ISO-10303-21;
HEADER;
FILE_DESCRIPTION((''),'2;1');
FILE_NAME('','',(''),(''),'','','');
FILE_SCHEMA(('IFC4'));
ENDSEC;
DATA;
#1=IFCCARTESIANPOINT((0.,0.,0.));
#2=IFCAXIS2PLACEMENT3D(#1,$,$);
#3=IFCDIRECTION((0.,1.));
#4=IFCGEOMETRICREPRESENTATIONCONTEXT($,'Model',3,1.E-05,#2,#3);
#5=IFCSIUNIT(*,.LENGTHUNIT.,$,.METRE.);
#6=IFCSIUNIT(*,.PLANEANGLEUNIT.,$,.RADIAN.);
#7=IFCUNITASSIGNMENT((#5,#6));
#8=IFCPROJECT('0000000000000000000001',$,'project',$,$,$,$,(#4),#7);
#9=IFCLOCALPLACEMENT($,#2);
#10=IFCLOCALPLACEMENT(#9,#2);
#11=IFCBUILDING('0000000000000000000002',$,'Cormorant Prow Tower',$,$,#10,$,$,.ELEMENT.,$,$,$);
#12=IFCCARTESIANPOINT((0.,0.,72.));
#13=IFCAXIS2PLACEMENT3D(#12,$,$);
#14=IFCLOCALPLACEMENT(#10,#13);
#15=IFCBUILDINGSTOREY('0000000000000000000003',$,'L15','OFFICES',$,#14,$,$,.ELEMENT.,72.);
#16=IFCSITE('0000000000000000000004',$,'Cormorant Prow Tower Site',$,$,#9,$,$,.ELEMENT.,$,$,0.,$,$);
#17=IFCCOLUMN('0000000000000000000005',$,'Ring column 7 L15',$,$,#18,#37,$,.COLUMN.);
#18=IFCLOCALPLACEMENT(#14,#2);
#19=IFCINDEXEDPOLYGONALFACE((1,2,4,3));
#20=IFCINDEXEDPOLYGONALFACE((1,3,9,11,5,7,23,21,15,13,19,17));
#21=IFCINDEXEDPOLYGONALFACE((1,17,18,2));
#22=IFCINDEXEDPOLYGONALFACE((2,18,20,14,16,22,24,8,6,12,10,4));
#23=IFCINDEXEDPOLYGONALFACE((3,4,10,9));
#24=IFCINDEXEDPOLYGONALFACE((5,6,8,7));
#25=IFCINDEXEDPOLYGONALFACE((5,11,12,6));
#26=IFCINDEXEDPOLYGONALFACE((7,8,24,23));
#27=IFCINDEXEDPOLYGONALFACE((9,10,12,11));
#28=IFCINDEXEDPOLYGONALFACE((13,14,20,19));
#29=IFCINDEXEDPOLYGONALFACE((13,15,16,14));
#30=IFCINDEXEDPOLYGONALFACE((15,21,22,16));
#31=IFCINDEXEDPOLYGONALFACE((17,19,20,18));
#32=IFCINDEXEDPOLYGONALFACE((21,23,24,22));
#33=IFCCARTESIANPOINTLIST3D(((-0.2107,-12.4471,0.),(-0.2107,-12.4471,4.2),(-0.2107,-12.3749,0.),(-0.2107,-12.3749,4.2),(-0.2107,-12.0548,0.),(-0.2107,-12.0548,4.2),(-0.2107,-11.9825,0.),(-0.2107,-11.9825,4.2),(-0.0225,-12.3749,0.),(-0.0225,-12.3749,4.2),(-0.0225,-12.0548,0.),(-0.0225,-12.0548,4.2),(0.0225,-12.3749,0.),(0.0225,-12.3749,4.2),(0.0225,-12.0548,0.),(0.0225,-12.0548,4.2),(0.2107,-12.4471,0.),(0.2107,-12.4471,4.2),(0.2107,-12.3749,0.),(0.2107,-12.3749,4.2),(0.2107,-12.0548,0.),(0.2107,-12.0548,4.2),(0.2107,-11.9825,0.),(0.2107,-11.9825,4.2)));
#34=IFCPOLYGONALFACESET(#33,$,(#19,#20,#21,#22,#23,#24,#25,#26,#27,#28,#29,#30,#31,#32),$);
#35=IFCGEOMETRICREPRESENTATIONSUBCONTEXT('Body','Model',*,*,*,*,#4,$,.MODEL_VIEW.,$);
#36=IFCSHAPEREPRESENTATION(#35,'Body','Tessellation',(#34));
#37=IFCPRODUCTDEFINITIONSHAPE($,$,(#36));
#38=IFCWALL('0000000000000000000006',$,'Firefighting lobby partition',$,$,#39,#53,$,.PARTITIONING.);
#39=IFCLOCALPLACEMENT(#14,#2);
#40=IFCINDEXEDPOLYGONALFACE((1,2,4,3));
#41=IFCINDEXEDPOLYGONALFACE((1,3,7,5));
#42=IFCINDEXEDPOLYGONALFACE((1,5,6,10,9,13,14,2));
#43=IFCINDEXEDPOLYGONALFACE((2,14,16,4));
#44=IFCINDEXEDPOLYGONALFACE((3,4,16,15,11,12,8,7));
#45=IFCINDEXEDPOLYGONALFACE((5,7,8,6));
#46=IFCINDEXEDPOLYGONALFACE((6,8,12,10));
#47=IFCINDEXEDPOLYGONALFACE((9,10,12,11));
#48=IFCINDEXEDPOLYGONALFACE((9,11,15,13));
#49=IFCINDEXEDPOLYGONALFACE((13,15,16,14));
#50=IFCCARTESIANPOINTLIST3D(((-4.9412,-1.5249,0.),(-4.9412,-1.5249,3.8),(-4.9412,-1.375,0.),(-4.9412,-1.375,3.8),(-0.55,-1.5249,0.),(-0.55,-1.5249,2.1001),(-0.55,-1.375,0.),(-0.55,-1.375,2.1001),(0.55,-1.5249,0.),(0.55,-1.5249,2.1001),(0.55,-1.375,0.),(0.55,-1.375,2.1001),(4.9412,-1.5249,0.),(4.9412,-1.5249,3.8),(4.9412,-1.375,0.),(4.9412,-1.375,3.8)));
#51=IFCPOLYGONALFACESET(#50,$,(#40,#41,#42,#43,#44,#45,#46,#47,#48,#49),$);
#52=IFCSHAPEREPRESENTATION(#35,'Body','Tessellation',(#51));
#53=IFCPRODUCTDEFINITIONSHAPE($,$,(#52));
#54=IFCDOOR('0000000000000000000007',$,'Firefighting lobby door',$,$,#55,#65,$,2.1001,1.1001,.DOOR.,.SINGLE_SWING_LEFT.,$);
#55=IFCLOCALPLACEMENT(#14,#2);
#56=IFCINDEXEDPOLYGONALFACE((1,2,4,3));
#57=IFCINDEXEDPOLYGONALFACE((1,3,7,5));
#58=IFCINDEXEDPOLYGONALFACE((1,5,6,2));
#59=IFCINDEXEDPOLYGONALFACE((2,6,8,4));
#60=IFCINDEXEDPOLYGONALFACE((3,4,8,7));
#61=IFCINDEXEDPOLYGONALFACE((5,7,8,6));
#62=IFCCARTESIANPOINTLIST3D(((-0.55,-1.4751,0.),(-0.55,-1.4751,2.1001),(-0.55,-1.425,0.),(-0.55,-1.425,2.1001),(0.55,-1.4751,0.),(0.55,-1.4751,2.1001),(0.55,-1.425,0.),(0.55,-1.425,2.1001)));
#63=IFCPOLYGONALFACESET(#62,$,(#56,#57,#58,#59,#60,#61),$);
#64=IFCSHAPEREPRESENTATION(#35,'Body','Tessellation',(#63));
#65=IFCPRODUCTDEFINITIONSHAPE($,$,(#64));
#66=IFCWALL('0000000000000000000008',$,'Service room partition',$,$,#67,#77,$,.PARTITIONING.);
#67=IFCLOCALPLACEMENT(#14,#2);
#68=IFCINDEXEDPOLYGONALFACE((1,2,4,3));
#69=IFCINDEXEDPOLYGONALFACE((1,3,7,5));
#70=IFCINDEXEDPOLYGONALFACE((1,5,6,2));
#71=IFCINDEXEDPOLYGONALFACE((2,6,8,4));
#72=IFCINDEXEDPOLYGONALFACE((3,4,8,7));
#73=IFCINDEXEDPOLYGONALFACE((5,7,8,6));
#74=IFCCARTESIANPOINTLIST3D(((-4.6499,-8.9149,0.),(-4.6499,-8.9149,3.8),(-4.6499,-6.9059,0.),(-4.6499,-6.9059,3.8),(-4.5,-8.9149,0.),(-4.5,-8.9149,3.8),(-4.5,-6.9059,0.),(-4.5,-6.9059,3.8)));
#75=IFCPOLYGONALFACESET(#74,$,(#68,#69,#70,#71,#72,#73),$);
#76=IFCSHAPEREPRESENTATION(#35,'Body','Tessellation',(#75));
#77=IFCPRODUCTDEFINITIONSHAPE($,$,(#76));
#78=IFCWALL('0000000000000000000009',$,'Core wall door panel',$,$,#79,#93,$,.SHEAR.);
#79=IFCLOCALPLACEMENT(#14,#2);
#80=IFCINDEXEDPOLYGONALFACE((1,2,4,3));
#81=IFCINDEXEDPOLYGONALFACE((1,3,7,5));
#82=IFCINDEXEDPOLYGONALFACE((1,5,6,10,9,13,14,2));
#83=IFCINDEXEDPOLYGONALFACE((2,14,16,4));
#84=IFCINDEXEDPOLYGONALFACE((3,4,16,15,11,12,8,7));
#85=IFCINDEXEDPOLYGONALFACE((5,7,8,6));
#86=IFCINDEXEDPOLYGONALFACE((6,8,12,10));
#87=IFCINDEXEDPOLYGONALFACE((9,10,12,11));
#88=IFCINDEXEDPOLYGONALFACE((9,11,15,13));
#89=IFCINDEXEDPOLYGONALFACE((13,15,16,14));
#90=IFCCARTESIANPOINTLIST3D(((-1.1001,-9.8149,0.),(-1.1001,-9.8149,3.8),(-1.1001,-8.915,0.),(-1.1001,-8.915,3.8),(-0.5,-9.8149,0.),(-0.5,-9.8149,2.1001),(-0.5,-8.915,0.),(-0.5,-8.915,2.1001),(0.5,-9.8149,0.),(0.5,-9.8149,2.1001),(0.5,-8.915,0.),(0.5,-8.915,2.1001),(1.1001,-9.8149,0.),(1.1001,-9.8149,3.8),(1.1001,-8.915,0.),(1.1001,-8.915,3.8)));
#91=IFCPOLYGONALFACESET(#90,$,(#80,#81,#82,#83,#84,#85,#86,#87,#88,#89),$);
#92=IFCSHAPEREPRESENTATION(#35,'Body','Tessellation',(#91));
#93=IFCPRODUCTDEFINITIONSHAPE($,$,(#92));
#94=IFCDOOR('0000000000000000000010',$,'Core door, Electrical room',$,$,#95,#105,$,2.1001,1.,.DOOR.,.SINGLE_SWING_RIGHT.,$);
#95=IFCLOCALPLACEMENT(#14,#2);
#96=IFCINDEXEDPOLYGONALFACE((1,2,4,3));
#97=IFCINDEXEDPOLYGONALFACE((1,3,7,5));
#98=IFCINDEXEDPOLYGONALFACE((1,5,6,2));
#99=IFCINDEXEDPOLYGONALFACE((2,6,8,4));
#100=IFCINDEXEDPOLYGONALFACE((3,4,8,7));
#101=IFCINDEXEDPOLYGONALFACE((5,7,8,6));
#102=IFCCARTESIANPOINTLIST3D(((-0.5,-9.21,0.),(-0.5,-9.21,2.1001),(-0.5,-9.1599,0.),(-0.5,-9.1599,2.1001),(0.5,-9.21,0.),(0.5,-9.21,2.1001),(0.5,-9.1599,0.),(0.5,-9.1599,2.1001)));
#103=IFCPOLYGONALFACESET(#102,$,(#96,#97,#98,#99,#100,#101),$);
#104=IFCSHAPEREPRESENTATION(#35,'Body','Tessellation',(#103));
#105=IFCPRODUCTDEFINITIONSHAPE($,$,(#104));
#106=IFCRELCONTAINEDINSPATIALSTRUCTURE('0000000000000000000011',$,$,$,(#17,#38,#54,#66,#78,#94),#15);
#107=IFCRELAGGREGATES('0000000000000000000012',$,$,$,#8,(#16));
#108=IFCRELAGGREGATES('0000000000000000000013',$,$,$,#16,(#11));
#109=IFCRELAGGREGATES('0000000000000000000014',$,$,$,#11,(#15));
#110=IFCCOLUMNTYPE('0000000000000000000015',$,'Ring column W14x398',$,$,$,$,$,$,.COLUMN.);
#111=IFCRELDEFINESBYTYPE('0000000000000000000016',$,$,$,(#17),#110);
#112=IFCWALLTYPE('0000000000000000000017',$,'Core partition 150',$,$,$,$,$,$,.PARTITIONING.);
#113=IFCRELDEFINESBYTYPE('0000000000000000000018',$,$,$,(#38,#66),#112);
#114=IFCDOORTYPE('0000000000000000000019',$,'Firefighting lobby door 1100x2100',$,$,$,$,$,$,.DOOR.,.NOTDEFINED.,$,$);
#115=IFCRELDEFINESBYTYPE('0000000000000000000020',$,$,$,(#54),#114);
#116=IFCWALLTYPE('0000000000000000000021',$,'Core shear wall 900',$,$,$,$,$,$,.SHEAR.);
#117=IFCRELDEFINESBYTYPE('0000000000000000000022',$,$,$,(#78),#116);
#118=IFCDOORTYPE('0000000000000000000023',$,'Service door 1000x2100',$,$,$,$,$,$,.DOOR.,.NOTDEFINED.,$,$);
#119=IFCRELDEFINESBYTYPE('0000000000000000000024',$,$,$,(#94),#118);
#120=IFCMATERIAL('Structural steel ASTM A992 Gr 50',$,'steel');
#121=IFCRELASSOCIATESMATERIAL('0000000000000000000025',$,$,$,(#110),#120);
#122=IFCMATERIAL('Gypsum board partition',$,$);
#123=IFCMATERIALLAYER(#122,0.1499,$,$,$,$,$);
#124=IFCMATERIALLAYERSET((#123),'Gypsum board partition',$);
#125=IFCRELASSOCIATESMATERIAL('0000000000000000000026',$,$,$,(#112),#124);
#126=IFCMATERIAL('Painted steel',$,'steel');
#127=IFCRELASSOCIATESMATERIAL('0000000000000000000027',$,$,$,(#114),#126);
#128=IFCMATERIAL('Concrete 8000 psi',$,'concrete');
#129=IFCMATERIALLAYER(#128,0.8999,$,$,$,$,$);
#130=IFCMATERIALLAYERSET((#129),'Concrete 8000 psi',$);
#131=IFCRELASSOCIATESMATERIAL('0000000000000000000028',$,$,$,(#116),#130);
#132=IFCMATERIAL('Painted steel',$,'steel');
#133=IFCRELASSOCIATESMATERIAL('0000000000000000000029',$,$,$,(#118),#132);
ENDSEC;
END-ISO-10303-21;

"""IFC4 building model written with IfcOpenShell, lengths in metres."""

from ifc_helpers import new_model, si_unit, direction, frame, frame_2d, origin, origin_2d, place, context, subcontext, project, spatial, rectangle, i_section, extrude, material, layer, layer_set, material_profile, profile_set, type_object, element, fill, save


model = new_model("IFC4")

# Units and contexts
model_context = context("Model", 3, precision=1e-05, world=origin(), true_north=direction((0.0, 1.0)))
body_context = subcontext(model_context, "Body", "Model", "MODEL_VIEW")
ifc_project = project(units=[si_unit("LENGTHUNIT", "METRE"), si_unit("PLANEANGLEUNIT", "RADIAN")], contexts=[model_context])

# Site, building, storey
site_placement = place(None, origin())
site = spatial("IfcSite", under=ifc_project, at=site_placement, Name="Cormorant Prow Tower Site", CompositionType="ELEMENT", RefElevation=0.0)
building_placement = place(site_placement, origin())
building = spatial("IfcBuilding", under=site, at=building_placement, Name="Cormorant Prow Tower", CompositionType="ELEMENT")
storey_placement = place(building_placement, frame((0.0, 0.0, 72.0)))
storey = spatial("IfcBuildingStorey", under=building, at=storey_placement, Name="L15", Description="OFFICES", CompositionType="ELEMENT", Elevation=72.0)

# Column
ifc_material_1 = material(Name="Structural steel ASTM A992 Gr 50", Category="steel")
ifc_material_profile = material_profile(ifc_material_1, i_section(OverallWidth=0.4214, OverallDepth=0.4646, WebThickness=0.0449, FlangeThickness=0.0723, at=origin_2d()), Name="W14x398")
ifc_profile_set = profile_set([ifc_material_profile], Name="Structural steel ASTM A992 Gr 50")
column_type = type_object("IfcColumnType", Name="Ring column W14x398", PredefinedType="COLUMN", material=ifc_profile_set)
column_placement = place(storey_placement, frame((0.0, -12.2148, 0.0), z_axis=(0.0, 0.0, 1.0), x_axis=(1.0, 0.0, 0.0)))
element("IfcColumn", 1, at=column_placement, inside=storey, type_object=column_type, Name="Ring column 7 L15", PredefinedType="COLUMN", context=body_context, shape_type="SweptSolid", body=[
    extrude(i_section(OverallWidth=0.4214, OverallDepth=0.4646, WebThickness=0.0449, FlangeThickness=0.0723, at=origin_2d()), origin(), (0.0, 0.0, 1.0), 4.2),
])

# Wall, opening, door
ifc_material_2 = material(Name="Gypsum board partition")
ifc_layer_1 = layer(ifc_material_2, 0.1499)
ifc_layer_set_1 = layer_set([ifc_layer_1], Name="Gypsum board partition")
wall_type_1 = type_object("IfcWallType", Name="Core partition 150", PredefinedType="PARTITIONING", material=ifc_layer_set_1)
wall_1_placement = place(storey_placement, frame((-4.9412, -1.45, 0.0), z_axis=(0.0, 0.0, 1.0), x_axis=(1.0, 0.0, 0.0)))
wall_1 = element("IfcWall", 2, at=wall_1_placement, inside=storey, type_object=wall_type_1, Name="Firefighting lobby partition", PredefinedType="PARTITIONING", context=body_context, shape_type="SweptSolid", body=[
    extrude(rectangle(XDim=9.8823, YDim=0.1499, at=frame_2d((4.9412, 0.0))), origin(), (0.0, 0.0, 1.0), 3.8),
])
opening_1_placement = place(wall_1_placement, frame((4.3911, 0.0, 0.0)))
opening_1 = element("IfcOpeningElement", 3, at=opening_1_placement, cuts=wall_1, PredefinedType="OPENING", context=body_context, shape_type="SweptSolid", body=[
    extrude(rectangle(XDim=1.1001, YDim=2.1001, at=frame_2d((0.55, 1.05))), frame((0.0, 0.085, 0.0), z_axis=(0.0, -1.0, 0.0), x_axis=(1.0, 0.0, 0.0)), (0.0, 0.0, 1.0), 0.1699),
])
ifc_material_3 = material(Name="Painted steel", Category="steel")
door_type_1 = type_object("IfcDoorType", Name="Firefighting lobby door 1100x2100", OperationType="NOTDEFINED", PredefinedType="DOOR", material=ifc_material_3)
door_1_placement = place(opening_1_placement, origin())
door_1 = element("IfcDoor", 4, at=door_1_placement, inside=storey, type_object=door_type_1, Name="Firefighting lobby door", OperationType="SINGLE_SWING_LEFT", OverallHeight=2.1001, OverallWidth=1.1001, PredefinedType="DOOR", context=body_context, shape_type="SweptSolid", body=[
    extrude(rectangle(XDim=1.1001, YDim=2.1001, at=frame_2d((0.55, 1.05))), frame((0.0, 0.0249, 0.0), z_axis=(0.0, -1.0, 0.0), x_axis=(1.0, 0.0, 0.0)), (0.0, 0.0, 1.0), 0.05),
])
fill(opening_1, door_1)

# Wall
wall_2_placement = place(storey_placement, frame((-4.575, -6.906, 0.0), z_axis=(0.0, 0.0, 1.0), x_axis=(0.0, -1.0, 0.0)))
element("IfcWall", 5, at=wall_2_placement, inside=storey, type_object=wall_type_1, Name="Service room partition", PredefinedType="PARTITIONING", context=body_context, shape_type="SweptSolid", body=[
    extrude(rectangle(XDim=2.009, YDim=0.1499, at=frame_2d((1.0044, 0.0))), origin(), (0.0, 0.0, 1.0), 3.8),
])

# Wall, opening, door
ifc_material_4 = material(Name="Concrete 8000 psi", Category="concrete")
ifc_layer_2 = layer(ifc_material_4, 0.8999)
ifc_layer_set_2 = layer_set([ifc_layer_2], Name="Concrete 8000 psi")
wall_type_2 = type_object("IfcWallType", Name="Core shear wall 900", PredefinedType="SHEAR", material=ifc_layer_set_2)
wall_3_placement = place(storey_placement, frame((-1.1001, -9.365, 0.0), z_axis=(0.0, 0.0, 1.0), x_axis=(1.0, 0.0, 0.0)))
wall_3 = element("IfcWall", 6, at=wall_3_placement, inside=storey, type_object=wall_type_2, Name="Core wall door panel", PredefinedType="SHEAR", context=body_context, shape_type="SweptSolid", body=[
    extrude(rectangle(XDim=2.2002, YDim=0.8999, at=frame_2d((1.1001, 0.0))), origin(), (0.0, 0.0, 1.0), 3.8),
])
opening_2_placement = place(wall_3_placement, frame((0.6001, 0.0, 0.0)))
opening_2 = element("IfcOpeningElement", 7, at=opening_2_placement, cuts=wall_3, PredefinedType="OPENING", context=body_context, shape_type="SweptSolid", body=[
    extrude(rectangle(XDim=1.0, YDim=2.1001, at=frame_2d((0.5, 1.05))), frame((0.0, 0.46, 0.0), z_axis=(0.0, -1.0, 0.0), x_axis=(1.0, 0.0, 0.0)), (0.0, 0.0, 1.0), 0.9199),
])
ifc_material_5 = material(Name="Painted steel", Category="steel")
door_type_2 = type_object("IfcDoorType", Name="Service door 1000x2100", OperationType="NOTDEFINED", PredefinedType="DOOR", material=ifc_material_5)
door_2_placement = place(opening_2_placement, origin())
door_2 = element("IfcDoor", 8, at=door_2_placement, inside=storey, type_object=door_type_2, Name="Core door, Electrical room", OperationType="SINGLE_SWING_RIGHT", OverallHeight=2.1001, OverallWidth=1.0, PredefinedType="DOOR", context=body_context, shape_type="SweptSolid", body=[
    extrude(rectangle(XDim=1.0, YDim=2.1001, at=frame_2d((0.5, 1.05))), frame((0.0, 0.2051, 0.0), z_axis=(0.0, -1.0, 0.0), x_axis=(1.0, 0.0, 0.0)), (0.0, 0.0, 1.0), 0.05),
])
fill(opening_2, door_2)

save(model, "model.ifc")
